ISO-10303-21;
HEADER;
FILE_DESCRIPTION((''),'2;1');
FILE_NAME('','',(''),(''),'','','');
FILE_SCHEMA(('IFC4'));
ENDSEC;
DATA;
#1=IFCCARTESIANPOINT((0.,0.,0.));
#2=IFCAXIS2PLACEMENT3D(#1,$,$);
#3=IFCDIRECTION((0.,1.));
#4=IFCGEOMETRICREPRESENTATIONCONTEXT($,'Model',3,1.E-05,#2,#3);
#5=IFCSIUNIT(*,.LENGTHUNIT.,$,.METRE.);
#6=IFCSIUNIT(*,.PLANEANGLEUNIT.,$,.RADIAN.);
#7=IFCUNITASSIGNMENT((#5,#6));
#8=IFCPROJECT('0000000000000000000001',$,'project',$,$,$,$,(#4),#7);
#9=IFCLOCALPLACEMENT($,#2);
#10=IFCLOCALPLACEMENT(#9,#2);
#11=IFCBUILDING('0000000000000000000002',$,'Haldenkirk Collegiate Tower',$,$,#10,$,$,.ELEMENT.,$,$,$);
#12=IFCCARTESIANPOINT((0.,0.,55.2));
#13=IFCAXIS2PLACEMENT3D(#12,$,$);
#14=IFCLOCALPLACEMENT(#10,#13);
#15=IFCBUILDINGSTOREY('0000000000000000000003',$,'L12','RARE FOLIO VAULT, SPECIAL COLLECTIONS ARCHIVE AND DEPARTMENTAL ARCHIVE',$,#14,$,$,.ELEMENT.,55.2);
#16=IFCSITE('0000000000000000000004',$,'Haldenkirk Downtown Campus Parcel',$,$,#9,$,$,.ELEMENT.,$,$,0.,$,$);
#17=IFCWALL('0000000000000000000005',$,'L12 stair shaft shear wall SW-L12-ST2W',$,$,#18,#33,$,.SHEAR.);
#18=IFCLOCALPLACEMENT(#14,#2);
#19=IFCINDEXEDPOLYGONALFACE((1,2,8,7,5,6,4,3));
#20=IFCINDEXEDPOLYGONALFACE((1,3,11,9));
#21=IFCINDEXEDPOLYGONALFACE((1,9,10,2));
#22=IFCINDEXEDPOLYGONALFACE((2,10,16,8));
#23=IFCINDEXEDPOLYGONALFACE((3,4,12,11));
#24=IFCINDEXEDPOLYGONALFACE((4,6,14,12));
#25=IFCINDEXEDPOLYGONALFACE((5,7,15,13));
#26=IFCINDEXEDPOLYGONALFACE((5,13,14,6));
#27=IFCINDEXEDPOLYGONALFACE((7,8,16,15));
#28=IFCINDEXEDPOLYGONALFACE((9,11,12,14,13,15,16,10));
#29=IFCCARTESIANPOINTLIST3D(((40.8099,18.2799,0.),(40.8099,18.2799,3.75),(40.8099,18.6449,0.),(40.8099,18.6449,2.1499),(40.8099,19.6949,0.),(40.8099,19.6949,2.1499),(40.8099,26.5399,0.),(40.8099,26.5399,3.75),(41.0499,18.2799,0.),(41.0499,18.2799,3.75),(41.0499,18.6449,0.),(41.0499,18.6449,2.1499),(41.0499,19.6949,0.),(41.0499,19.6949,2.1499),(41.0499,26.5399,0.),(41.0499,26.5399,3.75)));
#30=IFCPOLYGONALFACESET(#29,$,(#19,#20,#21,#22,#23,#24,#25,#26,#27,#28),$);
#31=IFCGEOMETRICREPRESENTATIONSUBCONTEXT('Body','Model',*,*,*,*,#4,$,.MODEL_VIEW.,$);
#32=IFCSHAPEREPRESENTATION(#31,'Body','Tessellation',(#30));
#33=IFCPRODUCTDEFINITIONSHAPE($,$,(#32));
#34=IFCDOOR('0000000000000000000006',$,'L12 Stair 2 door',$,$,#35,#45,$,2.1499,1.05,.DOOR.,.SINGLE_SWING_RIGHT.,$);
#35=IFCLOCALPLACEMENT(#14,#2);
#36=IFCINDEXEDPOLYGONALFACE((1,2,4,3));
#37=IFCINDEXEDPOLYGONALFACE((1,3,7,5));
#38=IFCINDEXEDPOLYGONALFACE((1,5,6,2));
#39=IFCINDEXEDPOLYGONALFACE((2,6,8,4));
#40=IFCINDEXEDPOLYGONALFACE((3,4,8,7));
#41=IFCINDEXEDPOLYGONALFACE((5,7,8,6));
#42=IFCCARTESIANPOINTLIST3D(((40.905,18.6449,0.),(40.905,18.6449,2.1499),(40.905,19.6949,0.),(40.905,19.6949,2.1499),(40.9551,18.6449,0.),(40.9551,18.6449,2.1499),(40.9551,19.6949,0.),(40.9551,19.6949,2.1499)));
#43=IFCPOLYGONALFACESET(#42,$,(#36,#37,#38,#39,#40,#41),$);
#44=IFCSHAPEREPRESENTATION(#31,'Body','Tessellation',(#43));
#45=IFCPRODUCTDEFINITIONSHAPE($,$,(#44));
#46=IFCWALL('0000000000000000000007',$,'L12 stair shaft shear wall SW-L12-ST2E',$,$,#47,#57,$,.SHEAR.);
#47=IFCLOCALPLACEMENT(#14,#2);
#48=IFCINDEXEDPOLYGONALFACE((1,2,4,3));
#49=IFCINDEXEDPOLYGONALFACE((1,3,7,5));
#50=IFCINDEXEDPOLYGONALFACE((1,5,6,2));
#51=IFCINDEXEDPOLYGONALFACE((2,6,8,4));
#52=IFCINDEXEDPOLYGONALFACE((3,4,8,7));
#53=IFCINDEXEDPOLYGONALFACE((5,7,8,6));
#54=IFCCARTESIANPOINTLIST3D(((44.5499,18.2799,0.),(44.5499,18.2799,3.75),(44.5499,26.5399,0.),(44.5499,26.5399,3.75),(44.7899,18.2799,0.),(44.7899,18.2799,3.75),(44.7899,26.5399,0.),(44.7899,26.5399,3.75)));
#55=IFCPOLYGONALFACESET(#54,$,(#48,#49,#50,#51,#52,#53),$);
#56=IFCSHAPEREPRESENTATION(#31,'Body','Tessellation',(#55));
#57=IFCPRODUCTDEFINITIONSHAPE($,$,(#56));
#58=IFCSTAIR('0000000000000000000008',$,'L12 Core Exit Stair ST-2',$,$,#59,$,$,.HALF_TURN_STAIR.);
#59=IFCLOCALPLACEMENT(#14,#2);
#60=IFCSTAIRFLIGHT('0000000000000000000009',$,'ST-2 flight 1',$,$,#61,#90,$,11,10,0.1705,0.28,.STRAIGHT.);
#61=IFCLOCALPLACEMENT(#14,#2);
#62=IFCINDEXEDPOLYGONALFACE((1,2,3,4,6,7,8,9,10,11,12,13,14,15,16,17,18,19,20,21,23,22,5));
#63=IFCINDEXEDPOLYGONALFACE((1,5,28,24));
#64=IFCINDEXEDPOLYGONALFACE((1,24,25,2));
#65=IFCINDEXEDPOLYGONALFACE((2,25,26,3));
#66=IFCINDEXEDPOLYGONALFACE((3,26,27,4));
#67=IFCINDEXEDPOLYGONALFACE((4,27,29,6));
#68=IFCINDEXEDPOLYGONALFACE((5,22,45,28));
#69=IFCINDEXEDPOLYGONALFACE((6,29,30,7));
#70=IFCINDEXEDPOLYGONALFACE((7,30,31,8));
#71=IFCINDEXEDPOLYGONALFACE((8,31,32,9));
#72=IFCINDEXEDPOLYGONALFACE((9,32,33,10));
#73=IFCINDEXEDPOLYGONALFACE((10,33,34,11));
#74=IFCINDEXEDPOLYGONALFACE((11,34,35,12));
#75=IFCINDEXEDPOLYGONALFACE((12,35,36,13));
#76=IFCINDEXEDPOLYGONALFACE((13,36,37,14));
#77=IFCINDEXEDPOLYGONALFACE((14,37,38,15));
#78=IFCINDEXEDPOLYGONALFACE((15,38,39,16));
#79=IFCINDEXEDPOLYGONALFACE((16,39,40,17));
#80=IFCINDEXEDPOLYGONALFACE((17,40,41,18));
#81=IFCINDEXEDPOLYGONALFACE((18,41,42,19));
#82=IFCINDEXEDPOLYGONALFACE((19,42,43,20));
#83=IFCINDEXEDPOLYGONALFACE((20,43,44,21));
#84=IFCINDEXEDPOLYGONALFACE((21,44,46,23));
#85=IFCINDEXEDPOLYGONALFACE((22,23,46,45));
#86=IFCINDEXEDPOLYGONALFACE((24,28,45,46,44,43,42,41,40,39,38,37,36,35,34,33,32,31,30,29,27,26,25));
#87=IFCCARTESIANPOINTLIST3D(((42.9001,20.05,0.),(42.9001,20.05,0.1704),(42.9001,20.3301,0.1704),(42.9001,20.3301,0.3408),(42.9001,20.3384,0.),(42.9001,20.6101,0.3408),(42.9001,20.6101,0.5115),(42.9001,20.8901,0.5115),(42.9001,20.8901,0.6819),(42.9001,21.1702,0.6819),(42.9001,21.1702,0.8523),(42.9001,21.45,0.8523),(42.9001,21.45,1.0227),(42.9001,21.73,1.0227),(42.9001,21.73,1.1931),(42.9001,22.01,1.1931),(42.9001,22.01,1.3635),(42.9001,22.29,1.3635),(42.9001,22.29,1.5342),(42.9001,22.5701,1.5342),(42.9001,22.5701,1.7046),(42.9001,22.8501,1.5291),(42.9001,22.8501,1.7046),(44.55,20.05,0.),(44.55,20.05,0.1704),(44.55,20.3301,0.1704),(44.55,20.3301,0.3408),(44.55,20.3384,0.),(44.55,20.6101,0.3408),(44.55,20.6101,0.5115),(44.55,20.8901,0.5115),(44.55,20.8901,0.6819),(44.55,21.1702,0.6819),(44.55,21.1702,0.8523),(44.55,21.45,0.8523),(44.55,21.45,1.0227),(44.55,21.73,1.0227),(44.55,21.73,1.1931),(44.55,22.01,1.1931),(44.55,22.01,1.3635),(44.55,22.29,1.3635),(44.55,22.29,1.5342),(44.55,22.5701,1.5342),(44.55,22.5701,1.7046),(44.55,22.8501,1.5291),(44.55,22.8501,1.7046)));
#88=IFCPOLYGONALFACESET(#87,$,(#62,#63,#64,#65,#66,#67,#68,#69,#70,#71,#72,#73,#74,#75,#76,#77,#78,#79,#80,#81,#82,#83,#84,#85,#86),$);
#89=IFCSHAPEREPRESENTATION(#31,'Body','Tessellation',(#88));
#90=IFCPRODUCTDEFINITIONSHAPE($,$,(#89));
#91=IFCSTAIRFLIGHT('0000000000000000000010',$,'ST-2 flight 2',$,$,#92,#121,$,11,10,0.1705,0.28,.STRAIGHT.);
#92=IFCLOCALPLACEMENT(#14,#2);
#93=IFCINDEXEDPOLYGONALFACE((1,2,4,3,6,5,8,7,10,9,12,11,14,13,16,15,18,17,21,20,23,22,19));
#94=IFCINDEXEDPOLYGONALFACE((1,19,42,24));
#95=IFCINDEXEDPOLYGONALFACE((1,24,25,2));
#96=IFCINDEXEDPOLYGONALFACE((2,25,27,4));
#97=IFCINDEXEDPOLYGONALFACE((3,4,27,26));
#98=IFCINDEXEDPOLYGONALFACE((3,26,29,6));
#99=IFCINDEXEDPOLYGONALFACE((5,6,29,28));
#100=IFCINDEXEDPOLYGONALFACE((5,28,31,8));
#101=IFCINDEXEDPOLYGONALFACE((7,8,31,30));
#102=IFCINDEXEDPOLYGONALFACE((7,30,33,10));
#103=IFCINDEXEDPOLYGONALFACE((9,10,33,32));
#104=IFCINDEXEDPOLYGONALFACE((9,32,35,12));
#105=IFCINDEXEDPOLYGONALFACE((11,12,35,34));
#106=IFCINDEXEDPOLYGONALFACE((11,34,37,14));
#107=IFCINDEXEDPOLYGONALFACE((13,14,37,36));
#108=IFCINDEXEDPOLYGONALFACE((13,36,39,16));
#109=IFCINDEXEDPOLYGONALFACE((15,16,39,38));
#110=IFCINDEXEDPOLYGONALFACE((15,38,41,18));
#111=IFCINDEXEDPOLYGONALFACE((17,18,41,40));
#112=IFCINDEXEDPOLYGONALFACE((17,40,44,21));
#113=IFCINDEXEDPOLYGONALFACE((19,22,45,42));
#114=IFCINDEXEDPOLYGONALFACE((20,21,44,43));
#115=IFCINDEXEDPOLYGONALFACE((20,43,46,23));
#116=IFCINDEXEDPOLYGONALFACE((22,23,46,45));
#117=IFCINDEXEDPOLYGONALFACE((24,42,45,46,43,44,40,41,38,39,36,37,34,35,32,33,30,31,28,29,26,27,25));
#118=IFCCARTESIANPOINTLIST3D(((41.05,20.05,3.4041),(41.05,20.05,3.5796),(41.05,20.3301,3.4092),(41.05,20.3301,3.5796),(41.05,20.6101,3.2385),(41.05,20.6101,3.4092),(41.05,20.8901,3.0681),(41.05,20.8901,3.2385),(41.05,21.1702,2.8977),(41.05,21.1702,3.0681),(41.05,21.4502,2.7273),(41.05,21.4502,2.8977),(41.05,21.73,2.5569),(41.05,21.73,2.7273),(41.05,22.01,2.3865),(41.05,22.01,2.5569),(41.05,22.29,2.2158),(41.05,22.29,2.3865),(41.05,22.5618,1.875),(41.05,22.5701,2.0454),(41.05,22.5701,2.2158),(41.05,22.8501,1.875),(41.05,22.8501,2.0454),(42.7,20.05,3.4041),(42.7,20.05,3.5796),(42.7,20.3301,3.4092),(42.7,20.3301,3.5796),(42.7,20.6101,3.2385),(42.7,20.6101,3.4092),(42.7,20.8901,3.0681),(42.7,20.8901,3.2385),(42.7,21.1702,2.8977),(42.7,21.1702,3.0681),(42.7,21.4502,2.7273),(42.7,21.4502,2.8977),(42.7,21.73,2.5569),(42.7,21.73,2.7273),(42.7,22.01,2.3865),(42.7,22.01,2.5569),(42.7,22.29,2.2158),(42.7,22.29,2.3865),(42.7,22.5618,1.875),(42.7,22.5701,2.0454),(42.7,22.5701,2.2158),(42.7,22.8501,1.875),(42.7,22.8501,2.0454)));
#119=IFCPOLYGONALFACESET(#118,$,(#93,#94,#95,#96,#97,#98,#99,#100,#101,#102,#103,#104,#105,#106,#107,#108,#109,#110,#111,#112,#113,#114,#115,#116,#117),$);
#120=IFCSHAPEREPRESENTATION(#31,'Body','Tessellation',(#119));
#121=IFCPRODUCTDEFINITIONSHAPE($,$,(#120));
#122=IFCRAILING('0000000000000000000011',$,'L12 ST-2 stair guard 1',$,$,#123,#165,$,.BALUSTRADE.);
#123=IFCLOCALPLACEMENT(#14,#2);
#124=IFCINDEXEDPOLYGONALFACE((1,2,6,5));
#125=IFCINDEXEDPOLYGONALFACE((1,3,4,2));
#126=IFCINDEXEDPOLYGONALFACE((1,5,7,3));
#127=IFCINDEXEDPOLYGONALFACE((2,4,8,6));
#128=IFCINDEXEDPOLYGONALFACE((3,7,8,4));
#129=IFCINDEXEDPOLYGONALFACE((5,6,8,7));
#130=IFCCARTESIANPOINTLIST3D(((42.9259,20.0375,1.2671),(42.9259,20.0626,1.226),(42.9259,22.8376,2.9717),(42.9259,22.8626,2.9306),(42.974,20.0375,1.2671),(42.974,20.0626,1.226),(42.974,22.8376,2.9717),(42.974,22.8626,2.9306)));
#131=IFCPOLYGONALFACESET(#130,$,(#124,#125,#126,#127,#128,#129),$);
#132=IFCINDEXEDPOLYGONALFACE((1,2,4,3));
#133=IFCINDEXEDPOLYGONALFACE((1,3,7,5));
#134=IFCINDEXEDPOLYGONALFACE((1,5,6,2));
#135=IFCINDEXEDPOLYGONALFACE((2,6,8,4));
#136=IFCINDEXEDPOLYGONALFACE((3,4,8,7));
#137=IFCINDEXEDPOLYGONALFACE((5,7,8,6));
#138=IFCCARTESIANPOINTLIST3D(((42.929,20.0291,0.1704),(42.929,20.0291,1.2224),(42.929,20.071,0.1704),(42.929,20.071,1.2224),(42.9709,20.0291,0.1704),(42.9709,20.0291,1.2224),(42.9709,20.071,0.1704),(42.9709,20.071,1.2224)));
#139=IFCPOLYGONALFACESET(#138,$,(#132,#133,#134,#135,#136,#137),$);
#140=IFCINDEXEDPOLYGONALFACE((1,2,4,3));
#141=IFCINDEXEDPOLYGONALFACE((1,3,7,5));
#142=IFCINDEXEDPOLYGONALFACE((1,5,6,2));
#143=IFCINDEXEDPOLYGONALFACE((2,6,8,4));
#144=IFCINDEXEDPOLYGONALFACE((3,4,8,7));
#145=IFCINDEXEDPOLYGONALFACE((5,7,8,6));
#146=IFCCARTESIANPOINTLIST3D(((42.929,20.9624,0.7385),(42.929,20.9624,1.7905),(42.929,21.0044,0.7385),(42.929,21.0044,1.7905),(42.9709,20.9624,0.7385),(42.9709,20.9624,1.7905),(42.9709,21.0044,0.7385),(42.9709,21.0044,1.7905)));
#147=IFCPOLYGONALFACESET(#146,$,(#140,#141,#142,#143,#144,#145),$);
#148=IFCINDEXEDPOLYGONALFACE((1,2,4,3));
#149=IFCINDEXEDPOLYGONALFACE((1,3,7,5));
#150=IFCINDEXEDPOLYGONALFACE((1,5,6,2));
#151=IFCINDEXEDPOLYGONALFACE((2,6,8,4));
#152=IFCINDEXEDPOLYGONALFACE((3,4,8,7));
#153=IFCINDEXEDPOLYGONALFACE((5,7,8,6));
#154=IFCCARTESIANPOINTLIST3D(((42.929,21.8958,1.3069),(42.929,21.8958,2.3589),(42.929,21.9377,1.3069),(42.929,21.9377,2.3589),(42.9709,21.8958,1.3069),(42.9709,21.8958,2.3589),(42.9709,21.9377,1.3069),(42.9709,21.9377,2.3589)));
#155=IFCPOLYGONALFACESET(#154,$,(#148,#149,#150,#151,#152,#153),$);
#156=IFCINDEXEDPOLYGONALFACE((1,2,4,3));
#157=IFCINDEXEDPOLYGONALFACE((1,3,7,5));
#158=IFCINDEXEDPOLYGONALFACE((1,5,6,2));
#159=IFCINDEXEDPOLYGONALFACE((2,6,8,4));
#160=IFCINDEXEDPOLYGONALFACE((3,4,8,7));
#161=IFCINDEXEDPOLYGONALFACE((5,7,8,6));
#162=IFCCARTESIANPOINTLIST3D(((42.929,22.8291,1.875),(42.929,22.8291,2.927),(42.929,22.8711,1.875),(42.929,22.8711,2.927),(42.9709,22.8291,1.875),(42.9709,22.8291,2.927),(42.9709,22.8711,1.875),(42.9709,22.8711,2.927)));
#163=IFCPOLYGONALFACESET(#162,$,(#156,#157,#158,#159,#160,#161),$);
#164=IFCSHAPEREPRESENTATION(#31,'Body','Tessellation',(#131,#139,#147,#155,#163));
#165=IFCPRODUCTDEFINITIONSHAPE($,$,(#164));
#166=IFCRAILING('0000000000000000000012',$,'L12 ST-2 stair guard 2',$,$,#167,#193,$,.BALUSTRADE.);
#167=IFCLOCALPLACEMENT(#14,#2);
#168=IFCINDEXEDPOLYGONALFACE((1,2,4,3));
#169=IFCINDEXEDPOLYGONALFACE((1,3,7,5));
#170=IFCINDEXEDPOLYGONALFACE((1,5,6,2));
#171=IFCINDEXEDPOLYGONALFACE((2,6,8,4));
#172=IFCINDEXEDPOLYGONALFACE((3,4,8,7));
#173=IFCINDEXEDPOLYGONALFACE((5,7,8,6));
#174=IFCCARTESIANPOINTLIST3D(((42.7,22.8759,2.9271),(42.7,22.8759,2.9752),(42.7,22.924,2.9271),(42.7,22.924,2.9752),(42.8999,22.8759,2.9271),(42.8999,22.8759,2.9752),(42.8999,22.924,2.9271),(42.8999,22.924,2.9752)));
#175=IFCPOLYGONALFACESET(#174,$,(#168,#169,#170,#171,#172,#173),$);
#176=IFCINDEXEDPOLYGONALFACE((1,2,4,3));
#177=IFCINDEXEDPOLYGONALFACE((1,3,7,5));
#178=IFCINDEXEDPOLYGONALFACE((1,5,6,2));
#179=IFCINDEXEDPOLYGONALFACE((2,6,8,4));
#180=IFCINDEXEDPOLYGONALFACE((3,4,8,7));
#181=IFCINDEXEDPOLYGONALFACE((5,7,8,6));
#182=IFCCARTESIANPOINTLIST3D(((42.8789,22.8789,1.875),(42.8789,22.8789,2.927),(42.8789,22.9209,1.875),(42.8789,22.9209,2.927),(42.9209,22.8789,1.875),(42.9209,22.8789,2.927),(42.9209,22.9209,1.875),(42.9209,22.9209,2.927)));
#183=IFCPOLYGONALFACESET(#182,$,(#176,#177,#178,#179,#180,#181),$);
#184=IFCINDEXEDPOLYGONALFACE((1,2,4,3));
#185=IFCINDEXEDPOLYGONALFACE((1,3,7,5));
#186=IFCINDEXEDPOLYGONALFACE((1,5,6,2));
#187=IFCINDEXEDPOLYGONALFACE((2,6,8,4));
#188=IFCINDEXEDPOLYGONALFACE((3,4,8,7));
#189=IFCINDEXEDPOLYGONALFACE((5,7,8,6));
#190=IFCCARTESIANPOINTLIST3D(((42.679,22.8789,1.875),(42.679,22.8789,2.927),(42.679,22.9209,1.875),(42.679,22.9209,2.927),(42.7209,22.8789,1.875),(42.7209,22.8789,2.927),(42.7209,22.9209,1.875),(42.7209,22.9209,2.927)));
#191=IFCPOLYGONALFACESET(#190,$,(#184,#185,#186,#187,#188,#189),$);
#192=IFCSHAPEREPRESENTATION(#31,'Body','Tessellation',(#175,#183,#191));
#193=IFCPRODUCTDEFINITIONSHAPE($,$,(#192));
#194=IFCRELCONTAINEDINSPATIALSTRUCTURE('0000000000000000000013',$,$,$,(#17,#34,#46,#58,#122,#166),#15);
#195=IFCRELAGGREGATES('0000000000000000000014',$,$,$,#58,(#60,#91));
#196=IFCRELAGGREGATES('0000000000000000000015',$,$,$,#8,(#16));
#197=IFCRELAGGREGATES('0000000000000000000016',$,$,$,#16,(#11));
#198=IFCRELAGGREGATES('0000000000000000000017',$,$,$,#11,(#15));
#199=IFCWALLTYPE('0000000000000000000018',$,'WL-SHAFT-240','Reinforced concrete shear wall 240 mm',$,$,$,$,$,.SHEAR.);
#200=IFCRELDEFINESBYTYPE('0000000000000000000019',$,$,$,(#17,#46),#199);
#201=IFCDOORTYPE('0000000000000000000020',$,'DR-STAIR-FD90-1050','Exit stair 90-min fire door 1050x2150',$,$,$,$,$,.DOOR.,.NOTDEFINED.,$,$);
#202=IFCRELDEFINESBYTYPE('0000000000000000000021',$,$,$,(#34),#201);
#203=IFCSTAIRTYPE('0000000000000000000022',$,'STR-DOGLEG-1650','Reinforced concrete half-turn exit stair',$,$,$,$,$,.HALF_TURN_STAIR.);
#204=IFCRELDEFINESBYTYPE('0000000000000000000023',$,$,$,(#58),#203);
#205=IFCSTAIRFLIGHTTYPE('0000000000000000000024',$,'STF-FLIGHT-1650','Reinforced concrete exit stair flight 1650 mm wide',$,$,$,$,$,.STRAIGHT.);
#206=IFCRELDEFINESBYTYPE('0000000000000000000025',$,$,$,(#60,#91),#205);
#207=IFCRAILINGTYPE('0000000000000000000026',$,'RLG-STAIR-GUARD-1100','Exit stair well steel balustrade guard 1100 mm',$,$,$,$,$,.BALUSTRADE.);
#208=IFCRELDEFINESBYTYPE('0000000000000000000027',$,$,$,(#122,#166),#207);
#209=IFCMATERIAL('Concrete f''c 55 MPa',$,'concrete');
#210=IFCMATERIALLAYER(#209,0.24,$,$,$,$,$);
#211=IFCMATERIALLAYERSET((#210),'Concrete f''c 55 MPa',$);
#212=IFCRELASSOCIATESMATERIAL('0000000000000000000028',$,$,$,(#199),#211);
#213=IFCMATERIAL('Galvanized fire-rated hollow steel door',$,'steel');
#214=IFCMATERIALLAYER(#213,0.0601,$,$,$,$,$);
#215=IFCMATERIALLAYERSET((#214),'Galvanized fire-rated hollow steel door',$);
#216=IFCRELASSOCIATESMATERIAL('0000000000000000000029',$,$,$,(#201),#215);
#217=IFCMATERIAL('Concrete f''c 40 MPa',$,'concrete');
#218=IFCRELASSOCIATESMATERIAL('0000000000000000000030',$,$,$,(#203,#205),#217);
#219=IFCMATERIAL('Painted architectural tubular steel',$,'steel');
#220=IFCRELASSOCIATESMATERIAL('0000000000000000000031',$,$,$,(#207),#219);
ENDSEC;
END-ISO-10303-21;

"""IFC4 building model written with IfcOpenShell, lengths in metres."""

from ifc_helpers import new_model, si_unit, direction, frame, frame_2d, origin, origin_2d, place, context, subcontext, project, spatial, polyline, rectangle, outline, extrude, material, layer, layer_set, type_object, element, fill, aggregate, save


model = new_model("IFC4")

# Units and contexts
model_context = context("Model", 3, precision=1e-05, world=origin(), true_north=direction((0.0, 1.0)))
body_context = subcontext(model_context, "Body", "Model", "MODEL_VIEW")
ifc_project = project(units=[si_unit("LENGTHUNIT", "METRE"), si_unit("PLANEANGLEUNIT", "RADIAN")], contexts=[model_context])

# Site, building, storey
site_placement = place(None, origin())
site = spatial("IfcSite", under=ifc_project, at=site_placement, Name="Haldenkirk Downtown Campus Parcel", CompositionType="ELEMENT", RefElevation=0.0)
building_placement = place(site_placement, origin())
building = spatial("IfcBuilding", under=site, at=building_placement, Name="Haldenkirk Collegiate Tower", CompositionType="ELEMENT")
storey_placement = place(building_placement, frame((0.0, 0.0, 55.2)))
storey = spatial("IfcBuildingStorey", under=building, at=storey_placement, Name="L12", Description="RARE FOLIO VAULT, SPECIAL COLLECTIONS ARCHIVE AND DEPARTMENTAL ARCHIVE", CompositionType="ELEMENT", Elevation=55.2)

# Shared definitions
ifc_material_1 = material(Name="Galvanized fire-rated hollow steel door", Category="steel")

# Wall, opening, door
ifc_material_2 = material(Name="Concrete f'c 55 MPa", Category="concrete")
ifc_layer_1 = layer(ifc_material_2, 0.24)
ifc_layer_set_1 = layer_set([ifc_layer_1], Name="Concrete f'c 55 MPa")
wall_type_1 = type_object("IfcWallType", Name="WL-SHAFT-240", Description="Reinforced concrete shear wall 240 mm", PredefinedType="SHEAR", material=ifc_layer_set_1)
wall_1_placement = place(storey_placement, frame((40.9299, 18.28, 0.0), z_axis=(0.0, 0.0, 1.0), x_axis=(0.0, 1.0, 0.0)))
wall_1 = element("IfcWall", 1, at=wall_1_placement, inside=storey, type_object=wall_type_1, Name="L12 stair shaft shear wall SW-L12-ST2W", PredefinedType="SHEAR", context=body_context, shape_type="SweptSolid", body=[
    extrude(rectangle(XDim=8.26, YDim=0.24, at=frame_2d((4.1299, 0.0))), origin(), (0.0, 0.0, 1.0), 3.75),
])
opening_1_placement = place(wall_1_placement, frame((0.365, 0.0, 0.0)))
opening_1 = element("IfcOpeningElement", 2, at=opening_1_placement, cuts=wall_1, PredefinedType="OPENING", context=body_context, shape_type="SweptSolid", body=[
    extrude(rectangle(XDim=1.05, YDim=2.1499, at=frame_2d((0.5249, 1.075))), frame((0.0, 0.1299, 0.0), z_axis=(0.0, -1.0, 0.0), x_axis=(1.0, 0.0, 0.0)), (0.0, 0.0, 1.0), 0.26),
])
ifc_layer_2 = layer(ifc_material_1, 0.0601)
ifc_layer_set_2 = layer_set([ifc_layer_2], Name="Galvanized fire-rated hollow steel door")
door_type_1 = type_object("IfcDoorType", Name="DR-STAIR-FD90-1050", Description="Exit stair 90-min fire door 1050x2150", OperationType="NOTDEFINED", PredefinedType="DOOR", material=ifc_layer_set_2)
door_1_placement = place(opening_1_placement, origin())
door_1 = element("IfcDoor", 3, at=door_1_placement, inside=storey, type_object=door_type_1, Name="L12 Stair 2 door", OperationType="SINGLE_SWING_RIGHT", OverallHeight=2.1499, OverallWidth=1.05, PredefinedType="DOOR", context=body_context, shape_type="SweptSolid", body=[
    extrude(rectangle(XDim=1.05, YDim=2.1499, at=frame_2d((0.5249, 1.075))), frame((0.0, 0.0249, 0.0), z_axis=(0.0, -1.0, 0.0), x_axis=(1.0, 0.0, 0.0)), (0.0, 0.0, 1.0), 0.05),
])
fill(opening_1, door_1)

# Wall
wall_2_placement = place(storey_placement, frame((44.6699, 18.28, 0.0), z_axis=(0.0, 0.0, 1.0), x_axis=(0.0, 1.0, 0.0)))
element("IfcWall", 4, at=wall_2_placement, inside=storey, type_object=wall_type_1, Name="L12 stair shaft shear wall SW-L12-ST2E", PredefinedType="SHEAR", context=body_context, shape_type="SweptSolid", body=[
    extrude(rectangle(XDim=8.26, YDim=0.24, at=frame_2d((4.1299, 0.0))), origin(), (0.0, 0.0, 1.0), 3.75),
])

# Stair, stair flights
ifc_material_3 = material(Name="Concrete f'c 40 MPa", Category="concrete")
stair_type = type_object("IfcStairType", Name="STR-DOGLEG-1650", Description="Reinforced concrete half-turn exit stair", PredefinedType="HALF_TURN_STAIR", material=ifc_material_3)
stair_placement = place(storey_placement, origin())
stair = element("IfcStair", 5, at=stair_placement, inside=storey, type_object=stair_type, Name="L12 Core Exit Stair ST-2", PredefinedType="HALF_TURN_STAIR")
stair_flight_type = type_object("IfcStairFlightType", Name="STF-FLIGHT-1650", Description="Reinforced concrete exit stair flight 1650 mm wide", PredefinedType="STRAIGHT", material=ifc_material_3)
stair_flight_1_placement = place(storey_placement, frame((43.7251, 20.05, 0.0), z_axis=(0.0, 0.0, 1.0), x_axis=(0.0, 1.0, 0.0)))
stair_flight_1 = element("IfcStairFlight", 6, at=stair_flight_1_placement, type_object=stair_flight_type, Name="ST-2 flight 1", NumberOfRisers=11, NumberOfTreads=10, PredefinedType="STRAIGHT", RiserHeight=0.1705, TreadLength=0.28, context=body_context, shape_type="SweptSolid", body=[
    extrude(outline(polyline([(0.0, 0.0), (0.0, 0.1704), (0.28, 0.1704), (0.28, 0.3408), (0.5601, 0.3408), (0.5601, 0.5115), (0.8401, 0.5115), (0.8401, 0.6819), (1.1201, 0.6819), (1.1201, 0.8523), (1.3999, 0.8523), (1.3999, 1.0227), (1.6799, 1.0227), (1.6799, 1.1931), (1.96, 1.1931), (1.96, 1.3635), (2.24, 1.3635), (2.24, 1.5342), (2.52, 1.5342), (2.52, 1.7046), (2.8, 1.7046), (2.8, 1.875), (2.8, 1.5291), (0.2883, 0.0), (0.0, 0.0)])), frame((0.0, 0.825, 0.0), z_axis=(0.0, -1.0, 0.0), x_axis=(1.0, 0.0, 0.0)), (0.0, 0.0, 1.0), 1.6499),
])
stair_flight_2_placement = place(storey_placement, frame((41.875, 22.8501, 1.875), z_axis=(0.0, 0.0, 1.0), x_axis=(0.0, -1.0, 0.0)))
stair_flight_2 = element("IfcStairFlight", 7, at=stair_flight_2_placement, type_object=stair_flight_type, Name="ST-2 flight 2", NumberOfRisers=11, NumberOfTreads=10, PredefinedType="STRAIGHT", RiserHeight=0.1705, TreadLength=0.28, context=body_context, shape_type="SweptSolid", body=[
    extrude(outline(polyline([(0.0, 0.0), (0.0, 0.1704), (0.28, 0.1704), (0.28, 0.3408), (0.5601, 0.3408), (0.5601, 0.5115), (0.8401, 0.5115), (0.8401, 0.6819), (1.1201, 0.6819), (1.1201, 0.8523), (1.3999, 0.8523), (1.3999, 1.0227), (1.6799, 1.0227), (1.6799, 1.1931), (1.96, 1.1931), (1.96, 1.3635), (2.24, 1.3635), (2.24, 1.5342), (2.52, 1.5342), (2.52, 1.7046), (2.8, 1.7046), (2.8, 1.875), (2.8, 1.5291), (0.2883, 0.0), (0.0, 0.0)])), frame((0.0, 0.825, 0.0), z_axis=(0.0, -1.0, 0.0), x_axis=(1.0, 0.0, 0.0)), (0.0, 0.0, 1.0), 1.6499),
])
aggregate(stair, [stair_flight_1, stair_flight_2])

# Railings
ifc_material_4 = material(Name="Painted architectural tubular steel", Category="steel")
railing_type_1 = type_object("IfcRailingType", Name="RLG-STAIR-GUARD-1100", Description="Exit stair well steel balustrade guard 1100 mm", PredefinedType="BALUSTRADE", material=ifc_material_4)
railing_1_placement = place(storey_placement, frame((42.95, 20.05, 0.1704)))
element("IfcRailing", 8, at=railing_1_placement, inside=storey, type_object=railing_type_1, Name="L12 ST-2 stair guard 1", PredefinedType="BALUSTRADE", context=body_context, shape_type="SweptSolid", body=[
    extrude(rectangle(XDim=0.0481, YDim=0.0481, at=origin_2d()), frame((0.0, 0.0, 1.0762), z_axis=(0.0, 0.85417, 0.519994), x_axis=(-1.0, 0.0, 0.0)), (0.0, 0.0, 1.0), 3.2781),
    extrude(rectangle(XDim=0.042, YDim=0.042, at=origin_2d()), origin(), (0.0, 0.0, 1.0), 1.052),
    extrude(rectangle(XDim=0.042, YDim=0.042, at=origin_2d()), frame((0.0, 0.9333, 0.5681)), (0.0, 0.0, 1.0), 1.052),
    extrude(rectangle(XDim=0.042, YDim=0.042, at=origin_2d()), frame((0.0, 1.8667, 1.1365)), (0.0, 0.0, 1.0), 1.052),
    extrude(rectangle(XDim=0.042, YDim=0.042, at=origin_2d()), frame((0.0, 2.8, 1.7046)), (0.0, 0.0, 1.0), 1.052),
])
railing_2_placement = place(storey_placement, frame((42.8999, 22.8999, 1.875)))
element("IfcRailing", 9, at=railing_2_placement, inside=storey, type_object=railing_type_1, Name="L12 ST-2 stair guard 2", PredefinedType="BALUSTRADE", context=body_context, shape_type="SweptSolid", body=[
    extrude(rectangle(XDim=0.0481, YDim=0.0481, at=origin_2d()), frame((0.0, 0.0, 1.0762), z_axis=(-1.0, 0.0, 0.0), x_axis=(0.0, -1.0, 0.0)), (0.0, 0.0, 1.0), 0.2),
    extrude(rectangle(XDim=0.042, YDim=0.042, at=origin_2d()), origin(), (0.0, 0.0, 1.0), 1.052),
    extrude(rectangle(XDim=0.042, YDim=0.042, at=origin_2d()), frame((-0.2, 0.0, 0.0)), (0.0, 0.0, 1.0), 1.052),
])

save(model, "model.ifc")
